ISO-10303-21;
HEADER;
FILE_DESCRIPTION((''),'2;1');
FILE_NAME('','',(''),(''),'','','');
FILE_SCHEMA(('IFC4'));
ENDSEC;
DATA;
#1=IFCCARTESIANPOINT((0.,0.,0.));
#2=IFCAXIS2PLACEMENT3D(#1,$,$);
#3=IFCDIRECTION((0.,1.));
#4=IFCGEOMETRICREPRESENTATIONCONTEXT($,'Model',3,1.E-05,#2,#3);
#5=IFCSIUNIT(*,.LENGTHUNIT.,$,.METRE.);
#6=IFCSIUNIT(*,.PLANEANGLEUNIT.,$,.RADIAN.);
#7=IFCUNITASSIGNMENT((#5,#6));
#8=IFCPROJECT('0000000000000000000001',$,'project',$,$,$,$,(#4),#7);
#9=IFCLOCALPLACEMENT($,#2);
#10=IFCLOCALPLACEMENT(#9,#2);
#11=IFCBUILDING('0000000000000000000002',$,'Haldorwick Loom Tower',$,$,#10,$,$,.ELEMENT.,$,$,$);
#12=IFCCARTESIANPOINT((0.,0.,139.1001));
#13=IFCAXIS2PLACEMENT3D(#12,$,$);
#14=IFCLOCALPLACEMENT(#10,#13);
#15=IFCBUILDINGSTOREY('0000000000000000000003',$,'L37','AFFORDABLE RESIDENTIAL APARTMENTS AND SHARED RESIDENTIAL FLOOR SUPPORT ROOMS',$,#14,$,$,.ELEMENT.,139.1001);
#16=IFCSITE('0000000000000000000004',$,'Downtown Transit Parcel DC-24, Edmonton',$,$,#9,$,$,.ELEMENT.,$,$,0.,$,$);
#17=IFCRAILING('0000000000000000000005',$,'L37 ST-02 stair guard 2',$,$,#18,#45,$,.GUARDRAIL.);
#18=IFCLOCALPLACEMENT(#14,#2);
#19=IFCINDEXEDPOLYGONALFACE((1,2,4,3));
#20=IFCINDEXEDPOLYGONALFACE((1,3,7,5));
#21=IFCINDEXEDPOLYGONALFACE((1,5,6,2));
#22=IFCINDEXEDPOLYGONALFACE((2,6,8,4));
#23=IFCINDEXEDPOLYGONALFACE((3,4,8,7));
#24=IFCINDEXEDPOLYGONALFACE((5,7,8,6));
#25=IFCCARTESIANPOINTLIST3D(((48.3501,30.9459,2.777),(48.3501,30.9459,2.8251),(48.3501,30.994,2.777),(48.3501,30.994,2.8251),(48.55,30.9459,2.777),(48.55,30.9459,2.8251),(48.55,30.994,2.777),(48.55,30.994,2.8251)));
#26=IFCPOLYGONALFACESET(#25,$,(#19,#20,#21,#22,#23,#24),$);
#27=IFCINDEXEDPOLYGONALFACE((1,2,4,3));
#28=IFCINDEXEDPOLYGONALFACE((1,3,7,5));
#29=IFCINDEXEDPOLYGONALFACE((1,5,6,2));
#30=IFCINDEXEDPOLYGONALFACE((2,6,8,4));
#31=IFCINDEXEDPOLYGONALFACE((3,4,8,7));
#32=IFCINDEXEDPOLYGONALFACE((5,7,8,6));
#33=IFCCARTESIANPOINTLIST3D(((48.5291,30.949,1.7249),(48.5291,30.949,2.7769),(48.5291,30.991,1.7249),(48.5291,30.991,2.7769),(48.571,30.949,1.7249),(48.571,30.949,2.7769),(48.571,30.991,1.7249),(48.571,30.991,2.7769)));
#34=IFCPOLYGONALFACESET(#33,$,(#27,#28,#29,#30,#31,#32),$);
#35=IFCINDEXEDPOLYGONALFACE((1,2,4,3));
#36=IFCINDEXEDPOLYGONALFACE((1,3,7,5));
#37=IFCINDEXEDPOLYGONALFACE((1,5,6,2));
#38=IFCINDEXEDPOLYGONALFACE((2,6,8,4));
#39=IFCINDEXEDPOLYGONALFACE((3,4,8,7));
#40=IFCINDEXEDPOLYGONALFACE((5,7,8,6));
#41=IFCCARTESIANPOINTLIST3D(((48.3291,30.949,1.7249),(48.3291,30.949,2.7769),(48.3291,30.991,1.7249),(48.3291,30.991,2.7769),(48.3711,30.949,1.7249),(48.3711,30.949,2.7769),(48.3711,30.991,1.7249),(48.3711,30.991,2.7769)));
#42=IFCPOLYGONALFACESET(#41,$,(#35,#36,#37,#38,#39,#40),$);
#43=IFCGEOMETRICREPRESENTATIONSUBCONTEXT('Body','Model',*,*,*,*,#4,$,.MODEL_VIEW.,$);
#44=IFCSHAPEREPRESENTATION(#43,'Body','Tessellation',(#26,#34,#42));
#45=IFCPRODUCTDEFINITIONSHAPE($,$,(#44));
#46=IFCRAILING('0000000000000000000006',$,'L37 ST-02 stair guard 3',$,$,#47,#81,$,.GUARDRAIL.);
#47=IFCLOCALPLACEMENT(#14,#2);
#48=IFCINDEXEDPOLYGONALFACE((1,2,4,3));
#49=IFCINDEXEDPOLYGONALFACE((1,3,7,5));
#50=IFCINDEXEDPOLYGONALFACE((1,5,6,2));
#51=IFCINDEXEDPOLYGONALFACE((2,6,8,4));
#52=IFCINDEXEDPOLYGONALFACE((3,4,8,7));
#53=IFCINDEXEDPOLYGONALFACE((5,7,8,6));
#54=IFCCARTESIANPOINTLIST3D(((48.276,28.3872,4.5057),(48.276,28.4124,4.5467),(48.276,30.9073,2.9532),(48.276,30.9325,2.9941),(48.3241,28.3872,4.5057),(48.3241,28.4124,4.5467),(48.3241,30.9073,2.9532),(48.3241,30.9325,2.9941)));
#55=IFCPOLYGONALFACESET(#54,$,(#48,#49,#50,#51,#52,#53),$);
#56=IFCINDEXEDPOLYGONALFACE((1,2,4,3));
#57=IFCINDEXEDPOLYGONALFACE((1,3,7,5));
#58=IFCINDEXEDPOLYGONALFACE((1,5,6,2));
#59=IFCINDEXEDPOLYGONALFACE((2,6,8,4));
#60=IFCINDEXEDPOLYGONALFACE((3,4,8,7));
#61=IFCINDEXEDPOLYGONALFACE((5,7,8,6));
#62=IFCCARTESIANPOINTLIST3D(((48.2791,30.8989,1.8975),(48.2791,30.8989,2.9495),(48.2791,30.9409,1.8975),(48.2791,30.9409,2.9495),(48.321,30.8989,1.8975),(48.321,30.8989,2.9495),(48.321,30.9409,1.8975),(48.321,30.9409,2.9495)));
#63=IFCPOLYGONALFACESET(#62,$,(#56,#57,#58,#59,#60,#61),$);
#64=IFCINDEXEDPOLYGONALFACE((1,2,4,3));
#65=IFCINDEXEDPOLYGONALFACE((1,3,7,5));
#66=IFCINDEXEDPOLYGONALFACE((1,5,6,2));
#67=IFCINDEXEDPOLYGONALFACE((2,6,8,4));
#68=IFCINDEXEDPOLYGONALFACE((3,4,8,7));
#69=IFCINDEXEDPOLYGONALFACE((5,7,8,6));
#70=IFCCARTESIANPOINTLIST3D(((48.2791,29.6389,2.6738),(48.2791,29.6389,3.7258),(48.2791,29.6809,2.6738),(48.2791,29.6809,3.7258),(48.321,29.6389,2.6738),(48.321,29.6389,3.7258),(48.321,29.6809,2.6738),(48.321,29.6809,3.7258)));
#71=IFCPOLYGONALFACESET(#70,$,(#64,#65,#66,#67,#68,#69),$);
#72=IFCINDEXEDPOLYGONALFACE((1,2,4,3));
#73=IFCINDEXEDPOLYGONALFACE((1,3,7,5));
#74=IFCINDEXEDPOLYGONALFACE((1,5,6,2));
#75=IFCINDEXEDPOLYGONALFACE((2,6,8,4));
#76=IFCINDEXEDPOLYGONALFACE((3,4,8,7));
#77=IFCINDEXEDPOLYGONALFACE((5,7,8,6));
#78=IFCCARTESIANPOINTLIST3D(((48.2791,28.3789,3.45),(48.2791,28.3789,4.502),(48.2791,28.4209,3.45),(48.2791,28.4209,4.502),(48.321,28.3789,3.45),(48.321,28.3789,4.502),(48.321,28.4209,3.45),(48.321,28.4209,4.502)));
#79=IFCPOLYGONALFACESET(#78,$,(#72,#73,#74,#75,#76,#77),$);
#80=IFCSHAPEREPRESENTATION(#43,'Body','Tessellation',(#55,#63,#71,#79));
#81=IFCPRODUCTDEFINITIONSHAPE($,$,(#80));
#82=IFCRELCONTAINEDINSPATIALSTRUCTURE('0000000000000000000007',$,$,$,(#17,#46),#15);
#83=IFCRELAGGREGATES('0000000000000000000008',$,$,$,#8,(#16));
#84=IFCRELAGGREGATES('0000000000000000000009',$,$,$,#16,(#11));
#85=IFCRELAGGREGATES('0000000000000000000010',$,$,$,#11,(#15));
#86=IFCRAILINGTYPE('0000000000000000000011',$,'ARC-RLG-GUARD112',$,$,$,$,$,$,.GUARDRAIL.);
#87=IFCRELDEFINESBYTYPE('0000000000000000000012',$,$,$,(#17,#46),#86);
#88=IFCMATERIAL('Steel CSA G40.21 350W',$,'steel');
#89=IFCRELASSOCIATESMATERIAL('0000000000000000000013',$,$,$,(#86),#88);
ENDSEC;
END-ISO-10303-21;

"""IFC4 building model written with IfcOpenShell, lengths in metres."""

from ifc_helpers import new_model, si_unit, direction, frame, origin, origin_2d, place, context, subcontext, project, spatial, rectangle, extrude, material, type_object, element, save


model = new_model("IFC4")

# Units and contexts
model_context = context("Model", 3, precision=1e-05, world=origin(), true_north=direction((0.0, 1.0)))
body_context = subcontext(model_context, "Body", "Model", "MODEL_VIEW")
ifc_project = project(units=[si_unit("LENGTHUNIT", "METRE"), si_unit("PLANEANGLEUNIT", "RADIAN")], contexts=[model_context])

# Site, building, storey
site_placement = place(None, origin())
site = spatial("IfcSite", under=ifc_project, at=site_placement, Name="Downtown Transit Parcel DC-24, Edmonton", CompositionType="ELEMENT", RefElevation=0.0)
building_placement = place(site_placement, origin())
building = spatial("IfcBuilding", under=site, at=building_placement, Name="Haldorwick Loom Tower", CompositionType="ELEMENT")
storey_placement = place(building_placement, frame((0.0, 0.0, 139.1001)))
storey = spatial("IfcBuildingStorey", under=building, at=storey_placement, Name="L37", Description="AFFORDABLE RESIDENTIAL APARTMENTS AND SHARED RESIDENTIAL FLOOR SUPPORT ROOMS", CompositionType="ELEMENT", Elevation=139.1001)

# Shared definitions
ifc_material_1 = material(Name="Steel CSA G40.21 350W", Category="steel")

# Railings
railing_type_1 = type_object("IfcRailingType", Name="ARC-RLG-GUARD112", PredefinedType="GUARDRAIL", material=ifc_material_1)
railing_1_placement = place(storey_placement, frame((48.55, 30.97, 1.7249)))
element("IfcRailing", 1, at=railing_1_placement, inside=storey, type_object=railing_type_1, Name="L37 ST-02 stair guard 2", PredefinedType="GUARDRAIL", context=body_context, shape_type="SweptSolid", body=[
    extrude(rectangle(XDim=0.0481, YDim=0.0481, at=origin_2d()), frame((0.0, 0.0, 1.0762), z_axis=(-1.0, 0.0, 0.0), x_axis=(0.0, -1.0, 0.0)), (0.0, 0.0, 1.0), 0.2),
    extrude(rectangle(XDim=0.042, YDim=0.042, at=origin_2d()), origin(), (0.0, 0.0, 1.0), 1.052),
    extrude(rectangle(XDim=0.042, YDim=0.042, at=origin_2d()), frame((-0.2, 0.0, 0.0)), (0.0, 0.0, 1.0), 1.052),
])
railing_2_placement = place(storey_placement, frame((48.3, 30.9199, 1.8975)))
element("IfcRailing", 2, at=railing_2_placement, inside=storey, type_object=railing_type_1, Name="L37 ST-02 stair guard 3", PredefinedType="GUARDRAIL", context=body_context, shape_type="SweptSolid", body=[
    extrude(rectangle(XDim=0.0481, YDim=0.0481, at=origin_2d()), frame((0.0, 0.0, 1.0762), z_axis=(0.0, -0.8514, 0.524516), x_axis=(1.0, 0.0, 0.0)), (0.0, 0.0, 1.0), 2.96),
    extrude(rectangle(XDim=0.042, YDim=0.042, at=origin_2d()), origin(), (0.0, 0.0, 1.0), 1.052),
    extrude(rectangle(XDim=0.042, YDim=0.042, at=origin_2d()), frame((0.0, -1.26, 0.7764)), (0.0, 0.0, 1.0), 1.052),
    extrude(rectangle(XDim=0.042, YDim=0.042, at=origin_2d()), frame((0.0, -2.52, 1.5525)), (0.0, 0.0, 1.0), 1.052),
])

save(model, "model.ifc")
